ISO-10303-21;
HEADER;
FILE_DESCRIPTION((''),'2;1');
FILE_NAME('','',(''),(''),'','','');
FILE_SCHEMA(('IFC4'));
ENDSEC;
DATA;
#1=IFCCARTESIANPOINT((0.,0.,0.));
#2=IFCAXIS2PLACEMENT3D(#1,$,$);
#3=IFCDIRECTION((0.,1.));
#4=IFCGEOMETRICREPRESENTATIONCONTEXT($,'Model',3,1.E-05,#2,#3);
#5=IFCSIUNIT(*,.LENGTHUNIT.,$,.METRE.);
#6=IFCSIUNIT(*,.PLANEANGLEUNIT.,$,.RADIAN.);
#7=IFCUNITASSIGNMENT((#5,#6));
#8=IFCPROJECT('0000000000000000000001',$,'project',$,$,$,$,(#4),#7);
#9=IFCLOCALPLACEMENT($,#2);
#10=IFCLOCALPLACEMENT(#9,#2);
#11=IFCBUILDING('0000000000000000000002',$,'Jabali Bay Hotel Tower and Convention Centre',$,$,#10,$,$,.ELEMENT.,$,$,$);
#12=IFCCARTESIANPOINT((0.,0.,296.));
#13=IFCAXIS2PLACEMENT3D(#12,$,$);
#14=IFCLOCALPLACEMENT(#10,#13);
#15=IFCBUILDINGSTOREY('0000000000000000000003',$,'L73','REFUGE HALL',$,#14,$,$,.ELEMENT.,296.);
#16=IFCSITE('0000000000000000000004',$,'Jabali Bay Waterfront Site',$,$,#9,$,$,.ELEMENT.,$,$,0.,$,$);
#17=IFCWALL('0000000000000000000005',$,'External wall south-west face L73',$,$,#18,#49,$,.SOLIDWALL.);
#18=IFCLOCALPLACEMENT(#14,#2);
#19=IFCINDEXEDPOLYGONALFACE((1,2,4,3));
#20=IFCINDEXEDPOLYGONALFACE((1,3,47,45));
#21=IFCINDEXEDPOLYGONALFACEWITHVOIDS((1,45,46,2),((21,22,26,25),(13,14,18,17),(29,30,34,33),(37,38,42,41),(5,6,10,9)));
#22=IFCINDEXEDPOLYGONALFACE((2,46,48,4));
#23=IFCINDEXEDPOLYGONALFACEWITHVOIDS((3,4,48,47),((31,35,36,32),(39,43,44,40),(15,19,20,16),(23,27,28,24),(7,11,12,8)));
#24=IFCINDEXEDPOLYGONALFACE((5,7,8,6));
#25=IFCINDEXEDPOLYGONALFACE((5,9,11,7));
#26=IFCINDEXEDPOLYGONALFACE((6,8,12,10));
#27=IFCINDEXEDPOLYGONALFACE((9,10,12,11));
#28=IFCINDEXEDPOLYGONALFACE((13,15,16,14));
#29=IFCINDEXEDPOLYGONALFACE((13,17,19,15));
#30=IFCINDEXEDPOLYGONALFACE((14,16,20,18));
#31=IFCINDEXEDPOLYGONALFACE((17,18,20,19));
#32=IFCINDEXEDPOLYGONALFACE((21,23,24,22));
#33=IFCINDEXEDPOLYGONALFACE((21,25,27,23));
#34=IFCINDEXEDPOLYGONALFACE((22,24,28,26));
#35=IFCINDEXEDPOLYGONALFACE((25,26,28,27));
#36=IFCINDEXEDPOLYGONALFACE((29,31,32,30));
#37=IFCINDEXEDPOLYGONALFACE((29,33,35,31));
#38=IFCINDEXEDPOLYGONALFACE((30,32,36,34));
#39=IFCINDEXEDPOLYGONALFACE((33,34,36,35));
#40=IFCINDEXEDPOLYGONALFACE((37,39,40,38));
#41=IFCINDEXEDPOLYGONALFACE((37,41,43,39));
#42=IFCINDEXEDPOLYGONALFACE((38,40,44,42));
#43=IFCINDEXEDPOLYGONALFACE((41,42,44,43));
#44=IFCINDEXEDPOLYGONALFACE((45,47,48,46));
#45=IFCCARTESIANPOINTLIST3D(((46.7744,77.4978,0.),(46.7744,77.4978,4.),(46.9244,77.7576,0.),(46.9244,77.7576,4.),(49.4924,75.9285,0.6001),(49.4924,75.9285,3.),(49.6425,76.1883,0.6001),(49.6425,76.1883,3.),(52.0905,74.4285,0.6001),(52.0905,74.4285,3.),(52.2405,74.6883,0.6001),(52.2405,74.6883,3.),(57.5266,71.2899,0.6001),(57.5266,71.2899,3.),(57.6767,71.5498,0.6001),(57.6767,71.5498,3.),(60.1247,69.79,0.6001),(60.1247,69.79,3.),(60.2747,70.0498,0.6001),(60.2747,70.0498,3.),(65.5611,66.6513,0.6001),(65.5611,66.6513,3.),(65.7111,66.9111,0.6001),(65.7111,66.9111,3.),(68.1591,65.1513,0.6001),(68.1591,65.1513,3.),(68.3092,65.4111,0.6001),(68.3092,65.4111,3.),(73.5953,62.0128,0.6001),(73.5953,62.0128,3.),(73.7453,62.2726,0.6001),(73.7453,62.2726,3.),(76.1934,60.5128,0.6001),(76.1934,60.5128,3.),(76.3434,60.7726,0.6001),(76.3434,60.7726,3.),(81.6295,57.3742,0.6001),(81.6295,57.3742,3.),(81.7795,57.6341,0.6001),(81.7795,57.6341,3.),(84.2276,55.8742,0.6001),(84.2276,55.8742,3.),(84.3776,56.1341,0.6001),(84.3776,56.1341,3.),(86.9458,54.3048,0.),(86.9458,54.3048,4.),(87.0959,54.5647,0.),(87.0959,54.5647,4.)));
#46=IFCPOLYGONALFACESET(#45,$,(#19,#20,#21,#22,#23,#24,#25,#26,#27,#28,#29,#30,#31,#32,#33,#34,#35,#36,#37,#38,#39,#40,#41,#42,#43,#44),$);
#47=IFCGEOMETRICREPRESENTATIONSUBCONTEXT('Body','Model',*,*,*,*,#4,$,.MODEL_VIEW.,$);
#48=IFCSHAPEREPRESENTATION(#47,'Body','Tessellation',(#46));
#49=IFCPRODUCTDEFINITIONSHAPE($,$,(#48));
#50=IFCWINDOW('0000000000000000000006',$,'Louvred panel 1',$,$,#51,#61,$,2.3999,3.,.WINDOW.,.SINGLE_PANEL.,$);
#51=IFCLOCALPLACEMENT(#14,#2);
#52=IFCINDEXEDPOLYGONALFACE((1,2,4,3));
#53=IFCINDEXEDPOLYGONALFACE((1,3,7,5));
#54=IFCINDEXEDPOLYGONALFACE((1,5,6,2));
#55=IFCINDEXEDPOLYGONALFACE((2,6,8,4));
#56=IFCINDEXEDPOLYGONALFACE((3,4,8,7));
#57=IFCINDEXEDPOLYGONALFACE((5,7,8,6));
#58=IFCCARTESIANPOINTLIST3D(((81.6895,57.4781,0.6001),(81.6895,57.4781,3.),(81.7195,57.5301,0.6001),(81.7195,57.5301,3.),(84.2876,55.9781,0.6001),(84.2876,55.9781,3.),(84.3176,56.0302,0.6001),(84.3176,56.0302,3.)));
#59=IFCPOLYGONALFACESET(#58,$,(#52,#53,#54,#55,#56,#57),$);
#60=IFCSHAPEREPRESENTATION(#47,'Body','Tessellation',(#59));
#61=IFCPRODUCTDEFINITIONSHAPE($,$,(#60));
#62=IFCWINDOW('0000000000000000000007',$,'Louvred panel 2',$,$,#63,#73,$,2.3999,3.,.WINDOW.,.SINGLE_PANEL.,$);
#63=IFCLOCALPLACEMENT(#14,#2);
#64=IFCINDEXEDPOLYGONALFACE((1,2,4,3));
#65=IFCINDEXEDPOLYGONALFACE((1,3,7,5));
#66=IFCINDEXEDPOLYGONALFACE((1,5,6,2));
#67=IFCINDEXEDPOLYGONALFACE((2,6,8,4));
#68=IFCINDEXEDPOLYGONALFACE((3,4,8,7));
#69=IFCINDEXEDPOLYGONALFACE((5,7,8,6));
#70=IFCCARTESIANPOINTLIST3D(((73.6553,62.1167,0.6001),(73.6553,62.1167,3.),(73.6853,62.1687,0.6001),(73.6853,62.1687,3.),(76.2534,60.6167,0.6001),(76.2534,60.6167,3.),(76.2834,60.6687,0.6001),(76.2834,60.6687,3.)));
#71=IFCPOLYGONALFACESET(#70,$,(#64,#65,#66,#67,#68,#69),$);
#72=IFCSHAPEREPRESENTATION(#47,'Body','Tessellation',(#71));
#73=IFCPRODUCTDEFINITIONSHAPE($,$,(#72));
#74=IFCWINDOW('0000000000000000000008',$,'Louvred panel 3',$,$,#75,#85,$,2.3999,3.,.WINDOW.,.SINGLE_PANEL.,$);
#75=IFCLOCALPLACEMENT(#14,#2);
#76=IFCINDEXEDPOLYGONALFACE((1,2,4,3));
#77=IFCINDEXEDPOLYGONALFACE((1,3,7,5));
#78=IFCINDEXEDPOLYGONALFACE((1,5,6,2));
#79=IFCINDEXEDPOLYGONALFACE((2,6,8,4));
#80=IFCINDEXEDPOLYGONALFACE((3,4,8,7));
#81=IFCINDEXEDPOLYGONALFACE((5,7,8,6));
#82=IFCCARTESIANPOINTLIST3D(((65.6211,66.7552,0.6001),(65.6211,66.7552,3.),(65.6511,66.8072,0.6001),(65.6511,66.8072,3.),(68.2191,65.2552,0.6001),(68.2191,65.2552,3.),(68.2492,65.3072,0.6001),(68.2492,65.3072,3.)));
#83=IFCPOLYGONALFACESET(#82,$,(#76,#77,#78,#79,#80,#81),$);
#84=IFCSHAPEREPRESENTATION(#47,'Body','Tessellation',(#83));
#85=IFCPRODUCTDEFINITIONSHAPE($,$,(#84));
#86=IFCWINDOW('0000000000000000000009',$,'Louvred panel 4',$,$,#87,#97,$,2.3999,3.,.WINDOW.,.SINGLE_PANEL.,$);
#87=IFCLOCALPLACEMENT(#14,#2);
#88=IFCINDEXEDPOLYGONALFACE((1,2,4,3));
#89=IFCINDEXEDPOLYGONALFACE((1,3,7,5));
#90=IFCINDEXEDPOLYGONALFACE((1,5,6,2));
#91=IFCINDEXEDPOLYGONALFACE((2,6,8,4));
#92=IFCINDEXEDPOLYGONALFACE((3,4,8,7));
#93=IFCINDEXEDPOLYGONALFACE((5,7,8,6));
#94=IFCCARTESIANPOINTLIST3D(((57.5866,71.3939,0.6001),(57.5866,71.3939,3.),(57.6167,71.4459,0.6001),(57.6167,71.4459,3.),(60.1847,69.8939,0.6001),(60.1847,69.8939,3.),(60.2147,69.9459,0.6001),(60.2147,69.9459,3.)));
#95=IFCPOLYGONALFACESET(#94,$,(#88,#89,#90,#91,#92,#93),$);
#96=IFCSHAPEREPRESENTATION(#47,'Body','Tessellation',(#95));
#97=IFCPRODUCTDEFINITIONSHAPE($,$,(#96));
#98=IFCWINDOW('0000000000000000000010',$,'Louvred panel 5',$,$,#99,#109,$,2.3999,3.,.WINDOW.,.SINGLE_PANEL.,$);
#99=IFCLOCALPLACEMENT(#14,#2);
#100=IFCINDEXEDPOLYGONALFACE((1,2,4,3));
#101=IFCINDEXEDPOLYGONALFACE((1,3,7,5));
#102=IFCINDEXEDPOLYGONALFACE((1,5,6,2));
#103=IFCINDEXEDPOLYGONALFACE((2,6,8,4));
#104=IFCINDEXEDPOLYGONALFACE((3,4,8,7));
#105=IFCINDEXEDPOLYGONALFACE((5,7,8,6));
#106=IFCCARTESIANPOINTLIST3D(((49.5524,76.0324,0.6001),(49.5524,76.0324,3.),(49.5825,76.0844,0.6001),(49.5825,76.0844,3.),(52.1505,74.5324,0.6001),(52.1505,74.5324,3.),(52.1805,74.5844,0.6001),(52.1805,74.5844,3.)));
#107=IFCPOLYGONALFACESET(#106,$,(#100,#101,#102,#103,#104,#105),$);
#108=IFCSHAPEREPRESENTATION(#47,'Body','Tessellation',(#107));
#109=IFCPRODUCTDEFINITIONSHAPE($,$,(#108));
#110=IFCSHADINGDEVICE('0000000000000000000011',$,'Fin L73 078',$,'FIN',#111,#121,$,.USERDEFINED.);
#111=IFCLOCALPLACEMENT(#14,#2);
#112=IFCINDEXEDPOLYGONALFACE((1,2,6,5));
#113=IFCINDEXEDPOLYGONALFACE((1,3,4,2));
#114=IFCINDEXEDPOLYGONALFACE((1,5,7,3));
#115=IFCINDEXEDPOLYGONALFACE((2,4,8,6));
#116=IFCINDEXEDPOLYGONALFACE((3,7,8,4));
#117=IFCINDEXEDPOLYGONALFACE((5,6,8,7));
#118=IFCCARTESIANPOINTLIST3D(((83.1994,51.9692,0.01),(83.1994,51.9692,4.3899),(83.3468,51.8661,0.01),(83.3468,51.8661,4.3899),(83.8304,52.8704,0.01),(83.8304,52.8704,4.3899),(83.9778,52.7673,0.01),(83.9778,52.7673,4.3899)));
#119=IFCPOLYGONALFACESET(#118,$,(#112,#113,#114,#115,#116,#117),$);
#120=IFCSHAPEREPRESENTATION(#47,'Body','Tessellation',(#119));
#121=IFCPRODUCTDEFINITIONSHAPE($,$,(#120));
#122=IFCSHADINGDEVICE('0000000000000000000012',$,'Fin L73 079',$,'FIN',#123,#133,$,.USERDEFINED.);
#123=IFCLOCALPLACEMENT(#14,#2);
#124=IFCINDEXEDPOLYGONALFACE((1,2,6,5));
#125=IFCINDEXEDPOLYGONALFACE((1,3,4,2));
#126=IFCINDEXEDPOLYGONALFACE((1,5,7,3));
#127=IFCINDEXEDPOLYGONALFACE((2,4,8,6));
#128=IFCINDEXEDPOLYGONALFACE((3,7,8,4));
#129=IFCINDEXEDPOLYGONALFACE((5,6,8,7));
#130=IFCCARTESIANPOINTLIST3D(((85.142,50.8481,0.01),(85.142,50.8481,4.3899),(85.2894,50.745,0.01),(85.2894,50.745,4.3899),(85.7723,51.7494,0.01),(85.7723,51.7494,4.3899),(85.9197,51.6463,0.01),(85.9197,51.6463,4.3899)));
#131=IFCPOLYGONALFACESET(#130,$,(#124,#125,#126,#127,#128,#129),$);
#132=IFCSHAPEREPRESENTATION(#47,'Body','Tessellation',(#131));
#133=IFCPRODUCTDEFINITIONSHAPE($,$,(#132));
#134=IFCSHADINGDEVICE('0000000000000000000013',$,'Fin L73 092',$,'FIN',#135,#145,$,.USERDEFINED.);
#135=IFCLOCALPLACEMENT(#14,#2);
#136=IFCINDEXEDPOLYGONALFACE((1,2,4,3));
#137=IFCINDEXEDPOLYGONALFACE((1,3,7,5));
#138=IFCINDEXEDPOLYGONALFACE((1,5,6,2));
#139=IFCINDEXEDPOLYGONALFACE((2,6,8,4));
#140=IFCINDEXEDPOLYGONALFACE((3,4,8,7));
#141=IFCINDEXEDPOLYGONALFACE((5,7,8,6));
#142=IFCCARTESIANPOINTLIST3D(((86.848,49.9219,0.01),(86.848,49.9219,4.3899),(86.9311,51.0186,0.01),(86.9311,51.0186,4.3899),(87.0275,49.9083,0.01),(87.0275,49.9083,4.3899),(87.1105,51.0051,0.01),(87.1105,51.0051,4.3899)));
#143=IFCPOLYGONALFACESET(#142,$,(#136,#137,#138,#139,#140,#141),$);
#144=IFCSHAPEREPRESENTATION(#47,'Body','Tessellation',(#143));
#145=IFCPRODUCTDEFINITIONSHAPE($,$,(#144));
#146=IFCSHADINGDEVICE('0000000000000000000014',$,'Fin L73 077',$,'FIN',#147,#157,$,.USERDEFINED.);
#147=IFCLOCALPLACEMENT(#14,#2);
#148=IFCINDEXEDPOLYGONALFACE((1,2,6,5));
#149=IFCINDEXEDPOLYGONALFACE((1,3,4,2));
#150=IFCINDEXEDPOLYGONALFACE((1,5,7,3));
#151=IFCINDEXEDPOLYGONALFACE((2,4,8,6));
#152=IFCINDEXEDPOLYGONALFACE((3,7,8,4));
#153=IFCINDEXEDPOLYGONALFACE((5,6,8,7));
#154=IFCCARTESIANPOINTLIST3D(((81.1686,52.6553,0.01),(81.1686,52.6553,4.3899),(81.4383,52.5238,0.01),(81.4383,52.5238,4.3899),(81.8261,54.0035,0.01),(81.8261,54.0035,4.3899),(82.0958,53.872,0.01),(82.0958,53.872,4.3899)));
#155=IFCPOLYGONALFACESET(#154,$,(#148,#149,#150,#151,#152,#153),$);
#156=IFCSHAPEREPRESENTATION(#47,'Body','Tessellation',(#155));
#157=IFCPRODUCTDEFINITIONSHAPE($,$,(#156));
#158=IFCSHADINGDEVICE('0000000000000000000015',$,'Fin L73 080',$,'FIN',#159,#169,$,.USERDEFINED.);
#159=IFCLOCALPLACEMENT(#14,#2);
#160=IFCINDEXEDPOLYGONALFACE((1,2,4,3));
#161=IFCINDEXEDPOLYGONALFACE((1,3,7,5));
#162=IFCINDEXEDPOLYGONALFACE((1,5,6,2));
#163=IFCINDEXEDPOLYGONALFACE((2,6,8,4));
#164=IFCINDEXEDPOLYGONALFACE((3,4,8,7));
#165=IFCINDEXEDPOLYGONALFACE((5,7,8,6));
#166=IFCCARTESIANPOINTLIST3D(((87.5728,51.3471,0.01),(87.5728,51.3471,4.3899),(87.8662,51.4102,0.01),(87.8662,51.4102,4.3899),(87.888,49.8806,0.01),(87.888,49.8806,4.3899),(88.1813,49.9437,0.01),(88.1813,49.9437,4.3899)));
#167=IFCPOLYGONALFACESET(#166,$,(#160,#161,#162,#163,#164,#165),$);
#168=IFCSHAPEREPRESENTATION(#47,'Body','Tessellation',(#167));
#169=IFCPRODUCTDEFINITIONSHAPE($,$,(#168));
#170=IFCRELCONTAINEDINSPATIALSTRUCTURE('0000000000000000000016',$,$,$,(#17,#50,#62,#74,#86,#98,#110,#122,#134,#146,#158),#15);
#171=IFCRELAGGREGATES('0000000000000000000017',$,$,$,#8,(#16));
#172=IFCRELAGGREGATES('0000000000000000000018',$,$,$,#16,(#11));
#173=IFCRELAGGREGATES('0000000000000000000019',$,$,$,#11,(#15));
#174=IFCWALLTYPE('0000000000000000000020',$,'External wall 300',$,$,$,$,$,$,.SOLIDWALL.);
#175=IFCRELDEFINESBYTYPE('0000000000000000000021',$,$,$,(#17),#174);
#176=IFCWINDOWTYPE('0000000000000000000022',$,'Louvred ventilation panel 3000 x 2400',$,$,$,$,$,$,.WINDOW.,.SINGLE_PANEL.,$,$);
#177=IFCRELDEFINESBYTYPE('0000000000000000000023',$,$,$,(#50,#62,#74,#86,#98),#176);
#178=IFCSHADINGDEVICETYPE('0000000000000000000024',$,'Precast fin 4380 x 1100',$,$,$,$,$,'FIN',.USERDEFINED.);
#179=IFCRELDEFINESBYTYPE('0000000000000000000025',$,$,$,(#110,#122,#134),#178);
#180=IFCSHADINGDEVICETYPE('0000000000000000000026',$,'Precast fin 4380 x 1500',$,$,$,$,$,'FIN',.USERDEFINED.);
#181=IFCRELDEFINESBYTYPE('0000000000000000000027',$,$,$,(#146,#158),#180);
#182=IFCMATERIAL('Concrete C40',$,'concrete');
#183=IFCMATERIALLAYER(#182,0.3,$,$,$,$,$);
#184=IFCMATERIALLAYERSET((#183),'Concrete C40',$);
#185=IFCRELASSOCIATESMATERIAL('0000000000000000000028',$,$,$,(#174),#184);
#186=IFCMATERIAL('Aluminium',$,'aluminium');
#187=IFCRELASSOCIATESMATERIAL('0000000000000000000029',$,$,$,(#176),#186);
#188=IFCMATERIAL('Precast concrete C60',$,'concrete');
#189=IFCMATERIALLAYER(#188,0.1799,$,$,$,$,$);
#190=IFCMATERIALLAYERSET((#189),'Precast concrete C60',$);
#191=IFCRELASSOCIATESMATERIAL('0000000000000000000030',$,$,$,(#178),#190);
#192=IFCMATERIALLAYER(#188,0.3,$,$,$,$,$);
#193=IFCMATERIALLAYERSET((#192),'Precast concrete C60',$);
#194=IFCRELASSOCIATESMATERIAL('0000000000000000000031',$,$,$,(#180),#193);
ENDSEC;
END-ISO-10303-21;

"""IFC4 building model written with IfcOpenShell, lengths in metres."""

from ifc_helpers import new_model, si_unit, direction, frame, frame_2d, origin, place, context, subcontext, project, spatial, rectangle, extrude, material, layer, layer_set, type_object, element, fill, save


model = new_model("IFC4")

# Units and contexts
model_context = context("Model", 3, precision=1e-05, world=origin(), true_north=direction((0.0, 1.0)))
body_context = subcontext(model_context, "Body", "Model", "MODEL_VIEW")
ifc_project = project(units=[si_unit("LENGTHUNIT", "METRE"), si_unit("PLANEANGLEUNIT", "RADIAN")], contexts=[model_context])

# Site, building, storey
site_placement = place(None, origin())
site = spatial("IfcSite", under=ifc_project, at=site_placement, Name="Jabali Bay Waterfront Site", CompositionType="ELEMENT", RefElevation=0.0)
building_placement = place(site_placement, origin())
building = spatial("IfcBuilding", under=site, at=building_placement, Name="Jabali Bay Hotel Tower and Convention Centre", CompositionType="ELEMENT")
storey_placement = place(building_placement, frame((0.0, 0.0, 296.0)))
storey = spatial("IfcBuildingStorey", under=building, at=storey_placement, Name="L73", Description="REFUGE HALL", CompositionType="ELEMENT", Elevation=296.0)

# Wall, openings, windows
ifc_material_1 = material(Name="Concrete C40", Category="concrete")
ifc_layer_1 = layer(ifc_material_1, 0.3)
ifc_layer_set_1 = layer_set([ifc_layer_1], Name="Concrete C40")
wall_type_1 = type_object("IfcWallType", Name="External wall 300", PredefinedType="SOLIDWALL", material=ifc_layer_set_1)
wall_1_placement = place(storey_placement, frame((87.0208, 54.4348, 0.0), z_axis=(0.0, 0.0, 1.0), x_axis=(-0.866026, 0.499999, 0.0)))
wall_1 = element("IfcWall", 1, at=wall_1_placement, inside=storey, type_object=wall_type_1, Name="External wall south-west face L73", PredefinedType="SOLIDWALL", context=body_context, shape_type="SweptSolid", body=[
    extrude(rectangle(XDim=46.386, YDim=0.3, at=frame_2d((23.1929, 0.0))), origin(), (0.0, 0.0, 1.0), 4.0),
])
opening_1_placement = place(wall_1_placement, frame((3.1387, 0.0, 0.6001)))
opening_1 = element("IfcOpeningElement", 2, at=opening_1_placement, cuts=wall_1, PredefinedType="OPENING", context=body_context, shape_type="SweptSolid", body=[
    extrude(rectangle(XDim=3.0, YDim=2.3999, at=frame_2d((1.5, 1.2))), frame((0.0, 0.1606, 0.0), z_axis=(0.0, -1.0, 0.0), x_axis=(1.0, 0.0, 0.0)), (0.0, 0.0, 1.0), 0.321),
])
opening_2_placement = place(wall_1_placement, frame((12.4158, 0.0, 0.6001)))
opening_2 = element("IfcOpeningElement", 3, at=opening_2_placement, cuts=wall_1, PredefinedType="OPENING", context=body_context, shape_type="SweptSolid", body=[
    extrude(rectangle(XDim=3.0, YDim=2.3999, at=frame_2d((1.5, 1.2))), frame((0.0, 0.1606, 0.0), z_axis=(0.0, -1.0, 0.0), x_axis=(1.0, 0.0, 0.0)), (0.0, 0.0, 1.0), 0.321),
])
opening_3_placement = place(wall_1_placement, frame((21.6929, 0.0, 0.6001)))
opening_3 = element("IfcOpeningElement", 4, at=opening_3_placement, cuts=wall_1, PredefinedType="OPENING", context=body_context, shape_type="SweptSolid", body=[
    extrude(rectangle(XDim=3.0, YDim=2.3999, at=frame_2d((1.5, 1.2))), frame((0.0, 0.1606, 0.0), z_axis=(0.0, -1.0, 0.0), x_axis=(1.0, 0.0, 0.0)), (0.0, 0.0, 1.0), 0.321),
])
opening_4_placement = place(wall_1_placement, frame((30.9702, 0.0, 0.6001)))
opening_4 = element("IfcOpeningElement", 5, at=opening_4_placement, cuts=wall_1, PredefinedType="OPENING", context=body_context, shape_type="SweptSolid", body=[
    extrude(rectangle(XDim=3.0, YDim=2.3999, at=frame_2d((1.5, 1.2))), frame((0.0, 0.1606, 0.0), z_axis=(0.0, -1.0, 0.0), x_axis=(1.0, 0.0, 0.0)), (0.0, 0.0, 1.0), 0.321),
])
opening_5_placement = place(wall_1_placement, frame((40.2473, 0.0, 0.6001)))
opening_5 = element("IfcOpeningElement", 6, at=opening_5_placement, cuts=wall_1, PredefinedType="OPENING", context=body_context, shape_type="SweptSolid", body=[
    extrude(rectangle(XDim=3.0, YDim=2.3999, at=frame_2d((1.5, 1.2))), frame((0.0, 0.1606, 0.0), z_axis=(0.0, -1.0, 0.0), x_axis=(1.0, 0.0, 0.0)), (0.0, 0.0, 1.0), 0.321),
])
ifc_material_2 = material(Name="Aluminium", Category="aluminium")
window_type = type_object("IfcWindowType", Name="Louvred ventilation panel 3000 x 2400", PartitioningType="SINGLE_PANEL", PredefinedType="WINDOW", material=ifc_material_2)
window_1_placement = place(opening_1_placement, origin())
window_1 = element("IfcWindow", 7, at=window_1_placement, inside=storey, type_object=window_type, Name="Louvred panel 1", OverallHeight=2.3999, OverallWidth=3.0, PartitioningType="SINGLE_PANEL", PredefinedType="WINDOW", context=body_context, shape_type="SweptSolid", body=[
    extrude(rectangle(XDim=3.0, YDim=2.3999, at=frame_2d((1.5, 1.2))), frame((0.0, 0.03, 0.0), z_axis=(0.0, -1.0, 0.0), x_axis=(1.0, 0.0, 0.0)), (0.0, 0.0, 1.0), 0.0601),
])
fill(opening_1, window_1)
window_2_placement = place(opening_2_placement, origin())
window_2 = element("IfcWindow", 8, at=window_2_placement, inside=storey, type_object=window_type, Name="Louvred panel 2", OverallHeight=2.3999, OverallWidth=3.0, PartitioningType="SINGLE_PANEL", PredefinedType="WINDOW", context=body_context, shape_type="SweptSolid", body=[
    extrude(rectangle(XDim=3.0, YDim=2.3999, at=frame_2d((1.5, 1.2))), frame((0.0, 0.03, 0.0), z_axis=(0.0, -1.0, 0.0), x_axis=(1.0, 0.0, 0.0)), (0.0, 0.0, 1.0), 0.0601),
])
fill(opening_2, window_2)
window_3_placement = place(opening_3_placement, origin())
window_3 = element("IfcWindow", 9, at=window_3_placement, inside=storey, type_object=window_type, Name="Louvred panel 3", OverallHeight=2.3999, OverallWidth=3.0, PartitioningType="SINGLE_PANEL", PredefinedType="WINDOW", context=body_context, shape_type="SweptSolid", body=[
    extrude(rectangle(XDim=3.0, YDim=2.3999, at=frame_2d((1.5, 1.2))), frame((0.0, 0.03, 0.0), z_axis=(0.0, -1.0, 0.0), x_axis=(1.0, 0.0, 0.0)), (0.0, 0.0, 1.0), 0.0601),
])
fill(opening_3, window_3)
window_4_placement = place(opening_4_placement, origin())
window_4 = element("IfcWindow", 10, at=window_4_placement, inside=storey, type_object=window_type, Name="Louvred panel 4", OverallHeight=2.3999, OverallWidth=3.0, PartitioningType="SINGLE_PANEL", PredefinedType="WINDOW", context=body_context, shape_type="SweptSolid", body=[
    extrude(rectangle(XDim=3.0, YDim=2.3999, at=frame_2d((1.5, 1.2))), frame((0.0, 0.03, 0.0), z_axis=(0.0, -1.0, 0.0), x_axis=(1.0, 0.0, 0.0)), (0.0, 0.0, 1.0), 0.0601),
])
fill(opening_4, window_4)
window_5_placement = place(opening_5_placement, origin())
window_5 = element("IfcWindow", 11, at=window_5_placement, inside=storey, type_object=window_type, Name="Louvred panel 5", OverallHeight=2.3999, OverallWidth=3.0, PartitioningType="SINGLE_PANEL", PredefinedType="WINDOW", context=body_context, shape_type="SweptSolid", body=[
    extrude(rectangle(XDim=3.0, YDim=2.3999, at=frame_2d((1.5, 1.2))), frame((0.0, 0.03, 0.0), z_axis=(0.0, -1.0, 0.0), x_axis=(1.0, 0.0, 0.0)), (0.0, 0.0, 1.0), 0.0601),
])
fill(opening_5, window_5)

# Shading devices
ifc_material_3 = material(Name="Precast concrete C60", Category="concrete")
ifc_layer_2 = layer(ifc_material_3, 0.1799)
ifc_layer_set_2 = layer_set([ifc_layer_2], Name="Precast concrete C60")
shading_device_type_1 = type_object("IfcShadingDeviceType", Name="Precast fin 4380 x 1100", ElementType="FIN", PredefinedType="USERDEFINED", material=ifc_layer_set_2)
shading_device_1_placement = place(storey_placement, frame((83.9041, 52.8188, 0.01), z_axis=(0.0, 0.0, 1.0), x_axis=(-0.573507, -0.819201, 0.0)))
element("IfcShadingDevice", 12, at=shading_device_1_placement, inside=storey, type_object=shading_device_type_1, Name="Fin L73 078", ObjectType="FIN", PredefinedType="USERDEFINED", context=body_context, shape_type="SweptSolid", body=[
    extrude(rectangle(XDim=1.1001, YDim=0.1799, at=frame_2d((0.55, 0.0))), origin(), (0.0, 0.0, 1.0), 4.3799),
])
for number, where, z_axis, x_axis, name in (
    (13, (85.8459, 51.6978, 0.01), (0.0, 0.0, 1.0), (-0.573105, -0.819482, 0.0), "Fin L73 079"),
    (14, (87.0208, 51.0117, 0.01), (0.0, 0.0, 1.0), (-0.075474, -0.997148, 0.0), "Fin L73 092"),
):
    element("IfcShadingDevice", number, at=place(storey_placement, frame(where, z_axis=z_axis, x_axis=x_axis)), inside=storey, type_object=shading_device_type_1, Name=name, ObjectType="FIN", PredefinedType="USERDEFINED", context=body_context, shape_type="SweptSolid", body=[
        extrude(rectangle(XDim=1.0999, YDim=0.1799, at=frame_2d((0.5498, 0.0))), origin(), (0.0, 0.0, 1.0), 4.3799),
    ])
ifc_layer_3 = layer(ifc_material_3, 0.3)
ifc_layer_set_3 = layer_set([ifc_layer_3], Name="Precast concrete C60")
shading_device_type_2 = type_object("IfcShadingDeviceType", Name="Precast fin 4380 x 1500", ElementType="FIN", PredefinedType="USERDEFINED", material=ifc_layer_set_3)
for number, where, z_axis, x_axis, name in (
    (15, (81.9609, 53.9377, 0.01), (0.0, 0.0, 1.0), (-0.438337, -0.898811, 0.0), "Fin L73 077"),
    (16, (87.7195, 51.3787, 0.01), (0.0, 0.0, 1.0), (0.210118, -0.977676, 0.0), "Fin L73 080"),
):
    element("IfcShadingDevice", number, at=place(storey_placement, frame(where, z_axis=z_axis, x_axis=x_axis)), inside=storey, type_object=shading_device_type_2, Name=name, ObjectType="FIN", PredefinedType="USERDEFINED", context=body_context, shape_type="SweptSolid", body=[
        extrude(rectangle(XDim=1.5, YDim=0.3, at=frame_2d((0.75, 0.0))), origin(), (0.0, 0.0, 1.0), 4.3799),
    ])

save(model, "model.ifc")
